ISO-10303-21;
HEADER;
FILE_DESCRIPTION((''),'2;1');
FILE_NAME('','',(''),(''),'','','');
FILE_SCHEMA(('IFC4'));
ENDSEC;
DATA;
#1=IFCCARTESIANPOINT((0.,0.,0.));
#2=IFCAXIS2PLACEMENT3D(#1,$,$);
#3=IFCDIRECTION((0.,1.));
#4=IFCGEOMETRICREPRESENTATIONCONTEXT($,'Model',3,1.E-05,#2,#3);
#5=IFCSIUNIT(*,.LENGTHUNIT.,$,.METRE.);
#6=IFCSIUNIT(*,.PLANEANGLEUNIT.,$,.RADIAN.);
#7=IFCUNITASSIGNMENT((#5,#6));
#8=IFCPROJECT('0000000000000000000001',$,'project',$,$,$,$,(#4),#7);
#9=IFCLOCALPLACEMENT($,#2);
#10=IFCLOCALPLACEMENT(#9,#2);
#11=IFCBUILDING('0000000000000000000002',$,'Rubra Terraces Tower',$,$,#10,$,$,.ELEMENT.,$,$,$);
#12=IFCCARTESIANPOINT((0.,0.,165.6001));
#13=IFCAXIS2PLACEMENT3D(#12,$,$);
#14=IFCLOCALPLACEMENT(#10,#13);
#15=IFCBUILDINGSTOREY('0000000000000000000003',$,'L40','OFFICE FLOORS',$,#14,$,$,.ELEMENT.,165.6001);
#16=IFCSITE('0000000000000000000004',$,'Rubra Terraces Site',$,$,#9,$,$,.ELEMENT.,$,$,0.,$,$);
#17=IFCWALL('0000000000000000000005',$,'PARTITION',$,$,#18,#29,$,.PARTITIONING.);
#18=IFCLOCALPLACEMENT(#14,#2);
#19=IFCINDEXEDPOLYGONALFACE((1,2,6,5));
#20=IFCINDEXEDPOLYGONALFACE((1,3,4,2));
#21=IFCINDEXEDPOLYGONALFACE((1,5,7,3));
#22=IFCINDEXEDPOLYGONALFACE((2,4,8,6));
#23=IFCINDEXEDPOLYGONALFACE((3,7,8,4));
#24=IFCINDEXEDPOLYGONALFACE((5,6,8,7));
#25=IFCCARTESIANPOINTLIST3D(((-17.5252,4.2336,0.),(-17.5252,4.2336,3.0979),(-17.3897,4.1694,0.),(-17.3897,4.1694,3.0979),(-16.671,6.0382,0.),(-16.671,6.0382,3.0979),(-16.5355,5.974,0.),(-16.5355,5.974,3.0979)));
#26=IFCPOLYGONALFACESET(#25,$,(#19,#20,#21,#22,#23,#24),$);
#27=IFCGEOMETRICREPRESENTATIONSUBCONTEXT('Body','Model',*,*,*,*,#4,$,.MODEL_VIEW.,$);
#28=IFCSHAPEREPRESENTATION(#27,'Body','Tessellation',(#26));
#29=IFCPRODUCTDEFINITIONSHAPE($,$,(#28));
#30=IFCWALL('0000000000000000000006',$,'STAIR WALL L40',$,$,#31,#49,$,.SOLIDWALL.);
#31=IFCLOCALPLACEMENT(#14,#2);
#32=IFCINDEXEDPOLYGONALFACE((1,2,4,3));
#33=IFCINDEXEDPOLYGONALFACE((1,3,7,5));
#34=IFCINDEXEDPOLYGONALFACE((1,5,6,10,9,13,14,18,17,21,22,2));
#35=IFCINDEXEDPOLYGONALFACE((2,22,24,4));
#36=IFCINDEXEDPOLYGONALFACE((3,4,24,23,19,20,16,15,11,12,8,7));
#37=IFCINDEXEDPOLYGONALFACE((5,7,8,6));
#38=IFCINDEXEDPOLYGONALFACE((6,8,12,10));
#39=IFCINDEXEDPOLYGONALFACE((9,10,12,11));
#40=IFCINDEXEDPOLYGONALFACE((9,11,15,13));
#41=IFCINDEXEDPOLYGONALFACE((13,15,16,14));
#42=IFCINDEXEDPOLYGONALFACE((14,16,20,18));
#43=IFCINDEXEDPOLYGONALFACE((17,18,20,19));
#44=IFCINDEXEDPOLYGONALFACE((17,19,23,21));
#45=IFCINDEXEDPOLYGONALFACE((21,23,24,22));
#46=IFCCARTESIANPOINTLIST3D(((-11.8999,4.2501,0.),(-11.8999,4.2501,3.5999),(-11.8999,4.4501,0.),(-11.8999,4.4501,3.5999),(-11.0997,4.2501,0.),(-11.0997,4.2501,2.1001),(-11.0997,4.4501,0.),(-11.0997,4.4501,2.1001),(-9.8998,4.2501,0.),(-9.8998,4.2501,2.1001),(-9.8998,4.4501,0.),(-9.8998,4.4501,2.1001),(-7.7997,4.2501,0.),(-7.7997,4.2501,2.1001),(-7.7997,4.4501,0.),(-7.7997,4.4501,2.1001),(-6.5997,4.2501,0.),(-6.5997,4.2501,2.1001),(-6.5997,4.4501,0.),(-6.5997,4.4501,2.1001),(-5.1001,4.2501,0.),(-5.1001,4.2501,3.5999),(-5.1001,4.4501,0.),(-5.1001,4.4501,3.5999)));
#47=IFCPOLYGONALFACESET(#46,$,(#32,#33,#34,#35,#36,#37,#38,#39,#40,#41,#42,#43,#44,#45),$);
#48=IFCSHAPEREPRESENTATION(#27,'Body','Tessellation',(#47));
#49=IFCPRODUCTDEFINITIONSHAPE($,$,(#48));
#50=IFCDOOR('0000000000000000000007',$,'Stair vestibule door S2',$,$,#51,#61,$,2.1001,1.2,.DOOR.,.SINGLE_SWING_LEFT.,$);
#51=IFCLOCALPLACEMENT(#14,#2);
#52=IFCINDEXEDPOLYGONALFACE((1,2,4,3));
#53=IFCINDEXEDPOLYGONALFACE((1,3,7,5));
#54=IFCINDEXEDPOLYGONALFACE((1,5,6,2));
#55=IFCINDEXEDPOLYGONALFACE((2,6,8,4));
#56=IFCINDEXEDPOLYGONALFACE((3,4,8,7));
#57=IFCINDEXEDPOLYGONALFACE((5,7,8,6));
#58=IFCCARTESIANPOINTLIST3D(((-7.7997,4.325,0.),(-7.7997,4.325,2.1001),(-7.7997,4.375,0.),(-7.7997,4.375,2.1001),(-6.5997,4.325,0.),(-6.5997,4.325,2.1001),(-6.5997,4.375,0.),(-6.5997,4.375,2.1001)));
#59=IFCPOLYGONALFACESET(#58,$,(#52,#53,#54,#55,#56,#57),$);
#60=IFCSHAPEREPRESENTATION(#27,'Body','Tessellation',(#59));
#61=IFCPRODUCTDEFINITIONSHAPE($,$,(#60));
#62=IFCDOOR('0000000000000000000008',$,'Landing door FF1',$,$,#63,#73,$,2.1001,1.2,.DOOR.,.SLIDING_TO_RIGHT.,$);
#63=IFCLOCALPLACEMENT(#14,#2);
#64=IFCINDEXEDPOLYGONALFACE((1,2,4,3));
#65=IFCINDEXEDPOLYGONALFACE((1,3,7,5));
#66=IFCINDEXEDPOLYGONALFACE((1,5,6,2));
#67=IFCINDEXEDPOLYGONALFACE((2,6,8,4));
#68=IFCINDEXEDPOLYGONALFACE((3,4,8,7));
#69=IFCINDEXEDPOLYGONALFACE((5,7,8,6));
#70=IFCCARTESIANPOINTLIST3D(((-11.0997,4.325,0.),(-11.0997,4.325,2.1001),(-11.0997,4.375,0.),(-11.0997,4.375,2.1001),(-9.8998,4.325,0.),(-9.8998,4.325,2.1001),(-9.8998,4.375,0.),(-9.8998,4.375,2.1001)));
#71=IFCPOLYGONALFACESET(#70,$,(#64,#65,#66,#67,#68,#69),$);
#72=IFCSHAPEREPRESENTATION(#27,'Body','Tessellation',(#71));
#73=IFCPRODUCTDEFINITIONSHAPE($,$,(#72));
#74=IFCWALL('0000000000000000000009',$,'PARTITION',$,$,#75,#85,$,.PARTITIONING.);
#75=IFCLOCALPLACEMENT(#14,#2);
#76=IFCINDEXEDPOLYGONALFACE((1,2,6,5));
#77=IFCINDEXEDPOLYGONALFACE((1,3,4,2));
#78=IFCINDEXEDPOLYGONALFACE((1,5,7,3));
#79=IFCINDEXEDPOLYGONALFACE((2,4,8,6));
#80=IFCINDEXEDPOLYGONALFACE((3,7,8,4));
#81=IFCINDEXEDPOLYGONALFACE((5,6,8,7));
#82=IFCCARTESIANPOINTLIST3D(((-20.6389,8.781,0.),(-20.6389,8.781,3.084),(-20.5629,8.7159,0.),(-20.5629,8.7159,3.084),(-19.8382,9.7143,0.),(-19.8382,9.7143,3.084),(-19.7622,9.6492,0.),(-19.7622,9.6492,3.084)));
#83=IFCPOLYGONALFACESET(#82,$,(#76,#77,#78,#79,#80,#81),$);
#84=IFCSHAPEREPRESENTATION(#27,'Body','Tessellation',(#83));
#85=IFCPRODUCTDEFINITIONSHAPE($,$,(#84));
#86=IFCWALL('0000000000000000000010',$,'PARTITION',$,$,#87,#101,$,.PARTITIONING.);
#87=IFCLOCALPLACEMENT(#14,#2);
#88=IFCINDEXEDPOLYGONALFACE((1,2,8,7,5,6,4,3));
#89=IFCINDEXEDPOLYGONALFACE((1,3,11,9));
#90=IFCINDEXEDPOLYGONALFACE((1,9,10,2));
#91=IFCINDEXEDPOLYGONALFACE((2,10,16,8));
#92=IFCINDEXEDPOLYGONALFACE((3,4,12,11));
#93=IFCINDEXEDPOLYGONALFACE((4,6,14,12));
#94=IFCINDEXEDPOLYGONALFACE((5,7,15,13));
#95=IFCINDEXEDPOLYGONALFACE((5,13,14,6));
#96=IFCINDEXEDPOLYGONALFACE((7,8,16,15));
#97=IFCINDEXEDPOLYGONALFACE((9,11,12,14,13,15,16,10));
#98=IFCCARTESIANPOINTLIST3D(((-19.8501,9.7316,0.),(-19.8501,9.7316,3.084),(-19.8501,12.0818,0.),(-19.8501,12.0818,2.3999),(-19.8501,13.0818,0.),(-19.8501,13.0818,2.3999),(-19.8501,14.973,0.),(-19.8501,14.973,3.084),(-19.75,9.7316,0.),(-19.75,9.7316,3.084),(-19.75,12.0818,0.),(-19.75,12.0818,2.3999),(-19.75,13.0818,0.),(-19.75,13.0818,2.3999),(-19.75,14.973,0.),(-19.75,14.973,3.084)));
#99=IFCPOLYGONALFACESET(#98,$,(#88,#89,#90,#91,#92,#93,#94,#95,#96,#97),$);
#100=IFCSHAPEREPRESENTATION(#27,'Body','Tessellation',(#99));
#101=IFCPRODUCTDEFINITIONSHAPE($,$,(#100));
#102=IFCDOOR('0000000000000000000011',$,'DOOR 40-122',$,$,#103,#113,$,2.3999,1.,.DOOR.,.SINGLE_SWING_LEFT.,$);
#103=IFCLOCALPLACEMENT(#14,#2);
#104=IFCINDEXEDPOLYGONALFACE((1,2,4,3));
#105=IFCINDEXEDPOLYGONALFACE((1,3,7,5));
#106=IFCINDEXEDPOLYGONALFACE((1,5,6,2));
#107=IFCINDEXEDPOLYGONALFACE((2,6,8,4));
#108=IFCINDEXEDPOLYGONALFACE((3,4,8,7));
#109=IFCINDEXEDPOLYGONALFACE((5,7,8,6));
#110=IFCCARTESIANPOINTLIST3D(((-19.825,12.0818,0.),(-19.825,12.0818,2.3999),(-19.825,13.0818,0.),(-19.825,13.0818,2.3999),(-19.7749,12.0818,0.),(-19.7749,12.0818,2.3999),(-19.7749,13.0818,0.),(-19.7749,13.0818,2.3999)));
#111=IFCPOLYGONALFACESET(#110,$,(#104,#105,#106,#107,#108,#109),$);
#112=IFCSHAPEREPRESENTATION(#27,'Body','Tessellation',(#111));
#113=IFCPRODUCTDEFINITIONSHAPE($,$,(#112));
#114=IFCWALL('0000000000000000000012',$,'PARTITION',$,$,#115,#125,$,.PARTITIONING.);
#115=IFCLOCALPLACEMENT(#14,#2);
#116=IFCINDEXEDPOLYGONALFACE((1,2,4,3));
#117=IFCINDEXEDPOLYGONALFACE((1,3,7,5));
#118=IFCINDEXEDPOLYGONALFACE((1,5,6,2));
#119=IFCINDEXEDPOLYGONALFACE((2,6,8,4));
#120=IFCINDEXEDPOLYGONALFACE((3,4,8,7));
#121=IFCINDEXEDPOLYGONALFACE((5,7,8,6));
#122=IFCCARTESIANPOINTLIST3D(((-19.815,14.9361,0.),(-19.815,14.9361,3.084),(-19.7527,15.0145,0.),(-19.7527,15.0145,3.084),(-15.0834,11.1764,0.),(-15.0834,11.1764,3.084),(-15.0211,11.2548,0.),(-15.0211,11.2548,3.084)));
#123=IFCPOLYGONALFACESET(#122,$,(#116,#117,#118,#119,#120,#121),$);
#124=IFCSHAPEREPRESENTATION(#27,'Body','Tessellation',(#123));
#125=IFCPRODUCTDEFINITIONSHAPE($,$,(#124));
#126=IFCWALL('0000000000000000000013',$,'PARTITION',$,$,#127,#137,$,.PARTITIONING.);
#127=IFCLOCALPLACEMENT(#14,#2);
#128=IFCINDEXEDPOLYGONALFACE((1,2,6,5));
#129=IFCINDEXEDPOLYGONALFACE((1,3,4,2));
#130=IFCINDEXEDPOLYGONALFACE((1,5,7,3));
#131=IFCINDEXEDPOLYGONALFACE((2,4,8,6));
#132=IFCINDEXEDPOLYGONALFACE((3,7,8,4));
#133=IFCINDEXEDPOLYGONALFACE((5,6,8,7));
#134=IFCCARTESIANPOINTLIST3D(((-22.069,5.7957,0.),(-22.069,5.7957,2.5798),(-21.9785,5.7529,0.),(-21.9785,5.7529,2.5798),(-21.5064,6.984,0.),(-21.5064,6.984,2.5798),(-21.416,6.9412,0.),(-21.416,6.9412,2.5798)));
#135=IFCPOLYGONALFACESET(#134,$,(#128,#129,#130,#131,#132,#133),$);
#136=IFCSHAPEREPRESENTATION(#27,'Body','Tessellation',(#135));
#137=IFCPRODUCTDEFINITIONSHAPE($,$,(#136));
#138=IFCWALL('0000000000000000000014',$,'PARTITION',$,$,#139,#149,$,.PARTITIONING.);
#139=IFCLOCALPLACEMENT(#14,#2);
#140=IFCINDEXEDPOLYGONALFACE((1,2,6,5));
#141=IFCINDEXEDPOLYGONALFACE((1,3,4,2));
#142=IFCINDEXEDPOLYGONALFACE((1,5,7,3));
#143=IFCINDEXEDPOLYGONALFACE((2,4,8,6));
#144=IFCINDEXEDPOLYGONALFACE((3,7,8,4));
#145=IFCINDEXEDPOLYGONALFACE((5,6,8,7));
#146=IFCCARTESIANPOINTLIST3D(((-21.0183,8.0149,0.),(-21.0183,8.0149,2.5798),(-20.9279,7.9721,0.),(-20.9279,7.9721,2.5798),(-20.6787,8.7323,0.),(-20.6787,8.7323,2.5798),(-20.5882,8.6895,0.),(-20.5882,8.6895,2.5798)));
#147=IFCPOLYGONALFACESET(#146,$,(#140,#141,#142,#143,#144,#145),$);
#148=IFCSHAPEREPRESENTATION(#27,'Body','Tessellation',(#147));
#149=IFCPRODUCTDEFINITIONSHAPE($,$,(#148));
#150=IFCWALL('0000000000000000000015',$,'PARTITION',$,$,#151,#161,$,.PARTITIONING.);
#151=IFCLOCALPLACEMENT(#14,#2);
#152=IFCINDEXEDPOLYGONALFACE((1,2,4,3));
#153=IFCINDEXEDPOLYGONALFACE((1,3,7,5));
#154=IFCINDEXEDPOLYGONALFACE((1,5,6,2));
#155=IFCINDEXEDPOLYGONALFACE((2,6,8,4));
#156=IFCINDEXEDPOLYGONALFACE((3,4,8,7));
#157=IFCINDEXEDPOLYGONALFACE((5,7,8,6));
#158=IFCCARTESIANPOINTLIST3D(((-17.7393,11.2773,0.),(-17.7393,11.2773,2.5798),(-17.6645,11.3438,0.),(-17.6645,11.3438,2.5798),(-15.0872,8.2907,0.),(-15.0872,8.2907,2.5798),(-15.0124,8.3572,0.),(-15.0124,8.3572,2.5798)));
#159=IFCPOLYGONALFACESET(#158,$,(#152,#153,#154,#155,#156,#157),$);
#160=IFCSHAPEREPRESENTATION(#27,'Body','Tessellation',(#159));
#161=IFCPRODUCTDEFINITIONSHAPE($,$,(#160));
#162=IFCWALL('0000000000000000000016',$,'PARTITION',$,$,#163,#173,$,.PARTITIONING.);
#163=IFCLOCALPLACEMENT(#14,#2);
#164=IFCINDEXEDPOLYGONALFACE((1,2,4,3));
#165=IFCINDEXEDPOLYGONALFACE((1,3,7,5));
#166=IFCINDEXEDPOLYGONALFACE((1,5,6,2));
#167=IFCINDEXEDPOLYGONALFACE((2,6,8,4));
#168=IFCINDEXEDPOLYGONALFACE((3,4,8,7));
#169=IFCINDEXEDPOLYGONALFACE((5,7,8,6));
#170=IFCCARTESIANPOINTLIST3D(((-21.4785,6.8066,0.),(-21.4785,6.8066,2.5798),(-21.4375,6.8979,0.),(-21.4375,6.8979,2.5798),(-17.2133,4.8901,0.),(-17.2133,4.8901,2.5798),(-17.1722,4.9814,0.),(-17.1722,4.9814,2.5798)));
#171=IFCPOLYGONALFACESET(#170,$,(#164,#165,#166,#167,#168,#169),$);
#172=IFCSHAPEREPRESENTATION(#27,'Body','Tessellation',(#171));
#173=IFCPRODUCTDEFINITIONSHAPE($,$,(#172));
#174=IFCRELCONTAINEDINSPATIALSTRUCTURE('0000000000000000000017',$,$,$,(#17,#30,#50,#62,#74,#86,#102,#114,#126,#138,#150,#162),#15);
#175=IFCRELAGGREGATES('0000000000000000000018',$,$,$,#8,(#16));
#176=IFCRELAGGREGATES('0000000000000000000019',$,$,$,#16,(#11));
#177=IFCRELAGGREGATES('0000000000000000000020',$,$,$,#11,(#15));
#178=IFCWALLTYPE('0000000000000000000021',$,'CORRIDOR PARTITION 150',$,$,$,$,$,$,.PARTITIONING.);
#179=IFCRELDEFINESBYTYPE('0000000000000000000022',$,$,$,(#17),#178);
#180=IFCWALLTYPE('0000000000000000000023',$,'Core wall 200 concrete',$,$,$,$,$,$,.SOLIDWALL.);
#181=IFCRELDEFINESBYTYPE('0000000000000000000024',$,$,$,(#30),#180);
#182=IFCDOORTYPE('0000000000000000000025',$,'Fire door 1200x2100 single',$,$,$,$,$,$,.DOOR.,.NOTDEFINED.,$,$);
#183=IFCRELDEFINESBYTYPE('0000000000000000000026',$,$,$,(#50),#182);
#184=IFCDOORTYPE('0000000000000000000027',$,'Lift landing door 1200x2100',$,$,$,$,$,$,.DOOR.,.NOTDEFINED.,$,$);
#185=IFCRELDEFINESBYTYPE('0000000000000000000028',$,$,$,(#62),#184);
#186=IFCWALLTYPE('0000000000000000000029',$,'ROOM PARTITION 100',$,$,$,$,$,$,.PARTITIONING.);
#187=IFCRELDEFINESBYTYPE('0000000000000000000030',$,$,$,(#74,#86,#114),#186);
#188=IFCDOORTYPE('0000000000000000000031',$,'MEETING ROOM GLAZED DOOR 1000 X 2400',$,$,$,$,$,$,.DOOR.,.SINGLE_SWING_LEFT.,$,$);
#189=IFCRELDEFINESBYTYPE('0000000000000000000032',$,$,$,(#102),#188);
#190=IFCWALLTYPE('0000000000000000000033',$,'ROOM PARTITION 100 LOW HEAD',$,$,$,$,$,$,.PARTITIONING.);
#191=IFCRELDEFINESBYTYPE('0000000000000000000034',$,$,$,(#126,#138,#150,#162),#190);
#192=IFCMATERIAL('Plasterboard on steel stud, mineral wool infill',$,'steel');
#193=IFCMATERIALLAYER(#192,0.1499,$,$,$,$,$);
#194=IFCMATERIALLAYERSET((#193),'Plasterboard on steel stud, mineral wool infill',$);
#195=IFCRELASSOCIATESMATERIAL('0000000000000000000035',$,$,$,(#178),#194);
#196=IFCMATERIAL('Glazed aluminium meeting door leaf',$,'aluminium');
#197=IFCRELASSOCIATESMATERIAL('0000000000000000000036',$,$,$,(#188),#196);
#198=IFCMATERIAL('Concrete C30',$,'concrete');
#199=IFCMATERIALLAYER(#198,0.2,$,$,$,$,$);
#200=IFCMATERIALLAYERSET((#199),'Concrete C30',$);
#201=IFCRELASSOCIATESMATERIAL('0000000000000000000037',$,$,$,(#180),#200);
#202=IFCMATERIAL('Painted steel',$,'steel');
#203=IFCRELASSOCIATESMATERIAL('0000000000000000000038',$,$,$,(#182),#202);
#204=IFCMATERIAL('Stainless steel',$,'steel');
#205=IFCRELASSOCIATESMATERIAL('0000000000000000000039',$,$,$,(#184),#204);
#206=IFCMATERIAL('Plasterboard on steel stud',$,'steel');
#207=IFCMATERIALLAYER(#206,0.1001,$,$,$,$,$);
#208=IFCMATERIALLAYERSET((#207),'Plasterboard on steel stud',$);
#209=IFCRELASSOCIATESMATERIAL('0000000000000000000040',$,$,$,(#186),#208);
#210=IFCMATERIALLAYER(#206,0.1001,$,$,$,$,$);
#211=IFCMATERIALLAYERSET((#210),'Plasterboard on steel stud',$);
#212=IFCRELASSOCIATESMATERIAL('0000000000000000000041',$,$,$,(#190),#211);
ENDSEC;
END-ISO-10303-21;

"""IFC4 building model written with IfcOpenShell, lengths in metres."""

from ifc_helpers import new_model, si_unit, direction, frame, frame_2d, origin, place, context, subcontext, project, spatial, rectangle, extrude, material, layer, layer_set, type_object, element, fill, save


model = new_model("IFC4")

# Units and contexts
model_context = context("Model", 3, precision=1e-05, world=origin(), true_north=direction((0.0, 1.0)))
body_context = subcontext(model_context, "Body", "Model", "MODEL_VIEW")
ifc_project = project(units=[si_unit("LENGTHUNIT", "METRE"), si_unit("PLANEANGLEUNIT", "RADIAN")], contexts=[model_context])

# Site, building, storey
site_placement = place(None, origin())
site = spatial("IfcSite", under=ifc_project, at=site_placement, Name="Rubra Terraces Site", CompositionType="ELEMENT", RefElevation=0.0)
building_placement = place(site_placement, origin())
building = spatial("IfcBuilding", under=site, at=building_placement, Name="Rubra Terraces Tower", CompositionType="ELEMENT")
storey_placement = place(building_placement, frame((0.0, 0.0, 165.6001)))
storey = spatial("IfcBuildingStorey", under=building, at=storey_placement, Name="L40", Description="OFFICE FLOORS", CompositionType="ELEMENT", Elevation=165.6001)

# Shared definitions
ifc_material_1 = material(Name="Plasterboard on steel stud, mineral wool infill", Category="steel")
ifc_layer_1 = layer(ifc_material_1, 0.1499)
ifc_layer_set_1 = layer_set([ifc_layer_1], Name="Plasterboard on steel stud, mineral wool infill")
wall_type_1 = type_object("IfcWallType", Name="CORRIDOR PARTITION 150", PredefinedType="PARTITIONING", material=ifc_layer_set_1)
ifc_material_2 = material(Name="Glazed aluminium meeting door leaf", Category="aluminium")
door_type_1 = type_object("IfcDoorType", Name="MEETING ROOM GLAZED DOOR 1000 X 2400", OperationType="SINGLE_SWING_LEFT", PredefinedType="DOOR", material=ifc_material_2)

# Wall
wall_1_placement = place(storey_placement, frame((-16.6033, 6.0061, 0.0), z_axis=(0.0, 0.0, 1.0), x_axis=(-0.427839, -0.903855, 0.0)))
element("IfcWall", 1, at=wall_1_placement, inside=storey, type_object=wall_type_1, Name="PARTITION", PredefinedType="PARTITIONING", context=body_context, shape_type="SweptSolid", body=[
    extrude(rectangle(XDim=1.9966, YDim=0.1499, at=frame_2d((0.9983, 0.0))), origin(), (0.0, 0.0, 1.0), 3.0979),
])

# Wall, openings, doors
ifc_material_3 = material(Name="Concrete C30", Category="concrete")
ifc_layer_2 = layer(ifc_material_3, 0.2)
ifc_layer_set_2 = layer_set([ifc_layer_2], Name="Concrete C30")
wall_type_2 = type_object("IfcWallType", Name="Core wall 200 concrete", PredefinedType="SOLIDWALL", material=ifc_layer_set_2)
wall_2_placement = place(storey_placement, frame((-11.8999, 4.3501, 0.0), z_axis=(0.0, 0.0, 1.0), x_axis=(1.0, 0.0, 0.0)))
wall_2 = element("IfcWall", 2, at=wall_2_placement, inside=storey, type_object=wall_type_2, Name="STAIR WALL L40", PredefinedType="SOLIDWALL", context=body_context, shape_type="SweptSolid", body=[
    extrude(rectangle(XDim=6.7998, YDim=0.2, at=frame_2d((3.3999, 0.0))), origin(), (0.0, 0.0, 1.0), 3.5999),
])
opening_1_placement = place(wall_2_placement, frame((4.1001, 0.0, 0.0)))
opening_1 = element("IfcOpeningElement", 3, at=opening_1_placement, cuts=wall_2, PredefinedType="OPENING", context=body_context, shape_type="SweptSolid", body=[
    extrude(rectangle(XDim=1.2, YDim=2.1001, at=frame_2d((0.6001, 1.05))), frame((0.0, 0.1099, 0.0), z_axis=(0.0, -1.0, 0.0), x_axis=(1.0, 0.0, 0.0)), (0.0, 0.0, 1.0), 0.22),
])
opening_2_placement = place(wall_2_placement, frame((0.8, 0.0, 0.0)))
opening_2 = element("IfcOpeningElement", 4, at=opening_2_placement, cuts=wall_2, PredefinedType="OPENING", context=body_context, shape_type="SweptSolid", body=[
    extrude(rectangle(XDim=1.2, YDim=2.1001, at=frame_2d((0.6001, 1.05))), frame((0.0, 0.1099, 0.0), z_axis=(0.0, -1.0, 0.0), x_axis=(1.0, 0.0, 0.0)), (0.0, 0.0, 1.0), 0.22),
])
ifc_material_4 = material(Name="Painted steel", Category="steel")
door_type_2 = type_object("IfcDoorType", Name="Fire door 1200x2100 single", OperationType="NOTDEFINED", PredefinedType="DOOR", material=ifc_material_4)
door_1_placement = place(opening_1_placement, origin())
door_1 = element("IfcDoor", 5, at=door_1_placement, inside=storey, type_object=door_type_2, Name="Stair vestibule door S2", OperationType="SINGLE_SWING_LEFT", OverallHeight=2.1001, OverallWidth=1.2, PredefinedType="DOOR", context=body_context, shape_type="SweptSolid", body=[
    extrude(rectangle(XDim=1.2, YDim=2.1001, at=frame_2d((0.6001, 1.05))), frame((0.0, 0.0249, 0.0), z_axis=(0.0, -1.0, 0.0), x_axis=(1.0, 0.0, 0.0)), (0.0, 0.0, 1.0), 0.05),
])
fill(opening_1, door_1)
ifc_material_5 = material(Name="Stainless steel", Category="steel")
door_type_3 = type_object("IfcDoorType", Name="Lift landing door 1200x2100", OperationType="NOTDEFINED", PredefinedType="DOOR", material=ifc_material_5)
door_2_placement = place(opening_2_placement, origin())
door_2 = element("IfcDoor", 6, at=door_2_placement, inside=storey, type_object=door_type_3, Name="Landing door FF1", OperationType="SLIDING_TO_RIGHT", OverallHeight=2.1001, OverallWidth=1.2, PredefinedType="DOOR", context=body_context, shape_type="SweptSolid", body=[
    extrude(rectangle(XDim=1.2, YDim=2.1001, at=frame_2d((0.6001, 1.05))), frame((0.0, 0.0249, 0.0), z_axis=(0.0, -1.0, 0.0), x_axis=(1.0, 0.0, 0.0)), (0.0, 0.0, 1.0), 0.05),
])
fill(opening_2, door_2)

# Wall
ifc_material_6 = material(Name="Plasterboard on steel stud", Category="steel")
ifc_layer_3 = layer(ifc_material_6, 0.1001)
ifc_layer_set_3 = layer_set([ifc_layer_3], Name="Plasterboard on steel stud")
wall_type_3 = type_object("IfcWallType", Name="ROOM PARTITION 100", PredefinedType="PARTITIONING", material=ifc_layer_set_3)
wall_3_placement = place(storey_placement, frame((-20.6008, 8.7485, 0.0), z_axis=(0.0, 0.0, 1.0), x_axis=(0.651151, 0.758948, 0.0)))
element("IfcWall", 7, at=wall_3_placement, inside=storey, type_object=wall_type_3, Name="PARTITION", PredefinedType="PARTITIONING", context=body_context, shape_type="SweptSolid", body=[
    extrude(rectangle(XDim=1.2297, YDim=0.1001, at=frame_2d((0.6147, 0.0))), origin(), (0.0, 0.0, 1.0), 3.084),
])

# Wall, opening, door
wall_4_placement = place(storey_placement, frame((-19.8, 9.7317, 0.0), z_axis=(0.0, 0.0, 1.0), x_axis=(0.0, 1.0, 0.0)))
wall_4 = element("IfcWall", 8, at=wall_4_placement, inside=storey, type_object=wall_type_3, Name="PARTITION", PredefinedType="PARTITIONING", context=body_context, shape_type="SweptSolid", body=[
    extrude(rectangle(XDim=5.2415, YDim=0.1001, at=frame_2d((2.6206, 0.0))), origin(), (0.0, 0.0, 1.0), 3.084),
])
opening_3_placement = place(wall_4_placement, frame((2.3501, 0.0, 0.0)))
opening_3 = element("IfcOpeningElement", 9, at=opening_3_placement, cuts=wall_4, PredefinedType="OPENING", context=body_context, shape_type="SweptSolid", body=[
    extrude(rectangle(XDim=1.0, YDim=2.3999, at=frame_2d((0.5, 1.2))), frame((0.0, 0.0601, 0.0), z_axis=(0.0, -1.0, 0.0), x_axis=(1.0, 0.0, 0.0)), (0.0, 0.0, 1.0), 0.1201),
])
door_3_placement = place(opening_3_placement, origin())
door_3 = element("IfcDoor", 10, at=door_3_placement, inside=storey, type_object=door_type_1, Name="DOOR 40-122", OperationType="SINGLE_SWING_LEFT", OverallHeight=2.3999, OverallWidth=1.0, PredefinedType="DOOR", context=body_context, shape_type="SweptSolid", body=[
    extrude(rectangle(XDim=1.0, YDim=2.3999, at=frame_2d((0.5, 1.2))), frame((0.0, 0.0249, 0.0), z_axis=(0.0, -1.0, 0.0), x_axis=(1.0, 0.0, 0.0)), (0.0, 0.0, 1.0), 0.05),
])
fill(opening_3, door_3)

# Walls
wall_5_placement = place(storey_placement, frame((-15.0522, 11.2156, 0.0), z_axis=(0.0, 0.0, 1.0), x_axis=(-0.78293, 0.62211, 0.0)))
element("IfcWall", 11, at=wall_5_placement, inside=storey, type_object=wall_type_3, Name="PARTITION", PredefinedType="PARTITIONING", context=body_context, shape_type="SweptSolid", body=[
    extrude(rectangle(XDim=6.0435, YDim=0.1001, at=frame_2d((3.0217, 0.0))), origin(), (0.0, 0.0, 1.0), 3.084),
])
ifc_layer_4 = layer(ifc_material_6, 0.1001)
ifc_layer_set_4 = layer_set([ifc_layer_4], Name="Plasterboard on steel stud")
wall_type_4 = type_object("IfcWallType", Name="ROOM PARTITION 100 LOW HEAD", PredefinedType="PARTITIONING", material=ifc_layer_set_4)
wall_6_placement = place(storey_placement, frame((-22.0237, 5.7744, 0.0), z_axis=(0.0, 0.0, 1.0), x_axis=(0.427871, 0.90384, 0.0)))
element("IfcWall", 12, at=wall_6_placement, inside=storey, type_object=wall_type_4, Name="PARTITION", PredefinedType="PARTITIONING", context=body_context, shape_type="SweptSolid", body=[
    extrude(rectangle(XDim=1.3147, YDim=0.1001, at=frame_2d((0.6572, 0.0))), origin(), (0.0, 0.0, 1.0), 2.5798),
])
wall_7_placement = place(storey_placement, frame((-20.9731, 7.9934, 0.0), z_axis=(0.0, 0.0, 1.0), x_axis=(0.427914, 0.903819, 0.0)))
element("IfcWall", 13, at=wall_7_placement, inside=storey, type_object=wall_type_4, Name="PARTITION", PredefinedType="PARTITIONING", context=body_context, shape_type="SweptSolid", body=[
    extrude(rectangle(XDim=0.7937, YDim=0.1001, at=frame_2d((0.397, 0.0))), origin(), (0.0, 0.0, 1.0), 2.5798),
])
wall_8_placement = place(storey_placement, frame((-15.0498, 8.324, 0.0), z_axis=(0.0, 0.0, 1.0), x_axis=(-0.663996, 0.747736, 0.0)))
element("IfcWall", 14, at=wall_8_placement, inside=storey, type_object=wall_type_4, Name="PARTITION", PredefinedType="PARTITIONING", context=body_context, shape_type="SweptSolid", body=[
    extrude(rectangle(XDim=3.9941, YDim=0.1001, at=frame_2d((1.9971, 0.0))), origin(), (0.0, 0.0, 1.0), 2.5798),
])
wall_9_placement = place(storey_placement, frame((-17.1929, 4.9358, 0.0), z_axis=(0.0, 0.0, 1.0), x_axis=(-0.912146, 0.409865, 0.0)))
element("IfcWall", 15, at=wall_9_placement, inside=storey, type_object=wall_type_4, Name="PARTITION", PredefinedType="PARTITIONING", context=body_context, shape_type="SweptSolid", body=[
    extrude(rectangle(XDim=4.676, YDim=0.1001, at=frame_2d((2.3379, 0.0))), origin(), (0.0, 0.0, 1.0), 2.5798),
])

save(model, "model.ifc")
